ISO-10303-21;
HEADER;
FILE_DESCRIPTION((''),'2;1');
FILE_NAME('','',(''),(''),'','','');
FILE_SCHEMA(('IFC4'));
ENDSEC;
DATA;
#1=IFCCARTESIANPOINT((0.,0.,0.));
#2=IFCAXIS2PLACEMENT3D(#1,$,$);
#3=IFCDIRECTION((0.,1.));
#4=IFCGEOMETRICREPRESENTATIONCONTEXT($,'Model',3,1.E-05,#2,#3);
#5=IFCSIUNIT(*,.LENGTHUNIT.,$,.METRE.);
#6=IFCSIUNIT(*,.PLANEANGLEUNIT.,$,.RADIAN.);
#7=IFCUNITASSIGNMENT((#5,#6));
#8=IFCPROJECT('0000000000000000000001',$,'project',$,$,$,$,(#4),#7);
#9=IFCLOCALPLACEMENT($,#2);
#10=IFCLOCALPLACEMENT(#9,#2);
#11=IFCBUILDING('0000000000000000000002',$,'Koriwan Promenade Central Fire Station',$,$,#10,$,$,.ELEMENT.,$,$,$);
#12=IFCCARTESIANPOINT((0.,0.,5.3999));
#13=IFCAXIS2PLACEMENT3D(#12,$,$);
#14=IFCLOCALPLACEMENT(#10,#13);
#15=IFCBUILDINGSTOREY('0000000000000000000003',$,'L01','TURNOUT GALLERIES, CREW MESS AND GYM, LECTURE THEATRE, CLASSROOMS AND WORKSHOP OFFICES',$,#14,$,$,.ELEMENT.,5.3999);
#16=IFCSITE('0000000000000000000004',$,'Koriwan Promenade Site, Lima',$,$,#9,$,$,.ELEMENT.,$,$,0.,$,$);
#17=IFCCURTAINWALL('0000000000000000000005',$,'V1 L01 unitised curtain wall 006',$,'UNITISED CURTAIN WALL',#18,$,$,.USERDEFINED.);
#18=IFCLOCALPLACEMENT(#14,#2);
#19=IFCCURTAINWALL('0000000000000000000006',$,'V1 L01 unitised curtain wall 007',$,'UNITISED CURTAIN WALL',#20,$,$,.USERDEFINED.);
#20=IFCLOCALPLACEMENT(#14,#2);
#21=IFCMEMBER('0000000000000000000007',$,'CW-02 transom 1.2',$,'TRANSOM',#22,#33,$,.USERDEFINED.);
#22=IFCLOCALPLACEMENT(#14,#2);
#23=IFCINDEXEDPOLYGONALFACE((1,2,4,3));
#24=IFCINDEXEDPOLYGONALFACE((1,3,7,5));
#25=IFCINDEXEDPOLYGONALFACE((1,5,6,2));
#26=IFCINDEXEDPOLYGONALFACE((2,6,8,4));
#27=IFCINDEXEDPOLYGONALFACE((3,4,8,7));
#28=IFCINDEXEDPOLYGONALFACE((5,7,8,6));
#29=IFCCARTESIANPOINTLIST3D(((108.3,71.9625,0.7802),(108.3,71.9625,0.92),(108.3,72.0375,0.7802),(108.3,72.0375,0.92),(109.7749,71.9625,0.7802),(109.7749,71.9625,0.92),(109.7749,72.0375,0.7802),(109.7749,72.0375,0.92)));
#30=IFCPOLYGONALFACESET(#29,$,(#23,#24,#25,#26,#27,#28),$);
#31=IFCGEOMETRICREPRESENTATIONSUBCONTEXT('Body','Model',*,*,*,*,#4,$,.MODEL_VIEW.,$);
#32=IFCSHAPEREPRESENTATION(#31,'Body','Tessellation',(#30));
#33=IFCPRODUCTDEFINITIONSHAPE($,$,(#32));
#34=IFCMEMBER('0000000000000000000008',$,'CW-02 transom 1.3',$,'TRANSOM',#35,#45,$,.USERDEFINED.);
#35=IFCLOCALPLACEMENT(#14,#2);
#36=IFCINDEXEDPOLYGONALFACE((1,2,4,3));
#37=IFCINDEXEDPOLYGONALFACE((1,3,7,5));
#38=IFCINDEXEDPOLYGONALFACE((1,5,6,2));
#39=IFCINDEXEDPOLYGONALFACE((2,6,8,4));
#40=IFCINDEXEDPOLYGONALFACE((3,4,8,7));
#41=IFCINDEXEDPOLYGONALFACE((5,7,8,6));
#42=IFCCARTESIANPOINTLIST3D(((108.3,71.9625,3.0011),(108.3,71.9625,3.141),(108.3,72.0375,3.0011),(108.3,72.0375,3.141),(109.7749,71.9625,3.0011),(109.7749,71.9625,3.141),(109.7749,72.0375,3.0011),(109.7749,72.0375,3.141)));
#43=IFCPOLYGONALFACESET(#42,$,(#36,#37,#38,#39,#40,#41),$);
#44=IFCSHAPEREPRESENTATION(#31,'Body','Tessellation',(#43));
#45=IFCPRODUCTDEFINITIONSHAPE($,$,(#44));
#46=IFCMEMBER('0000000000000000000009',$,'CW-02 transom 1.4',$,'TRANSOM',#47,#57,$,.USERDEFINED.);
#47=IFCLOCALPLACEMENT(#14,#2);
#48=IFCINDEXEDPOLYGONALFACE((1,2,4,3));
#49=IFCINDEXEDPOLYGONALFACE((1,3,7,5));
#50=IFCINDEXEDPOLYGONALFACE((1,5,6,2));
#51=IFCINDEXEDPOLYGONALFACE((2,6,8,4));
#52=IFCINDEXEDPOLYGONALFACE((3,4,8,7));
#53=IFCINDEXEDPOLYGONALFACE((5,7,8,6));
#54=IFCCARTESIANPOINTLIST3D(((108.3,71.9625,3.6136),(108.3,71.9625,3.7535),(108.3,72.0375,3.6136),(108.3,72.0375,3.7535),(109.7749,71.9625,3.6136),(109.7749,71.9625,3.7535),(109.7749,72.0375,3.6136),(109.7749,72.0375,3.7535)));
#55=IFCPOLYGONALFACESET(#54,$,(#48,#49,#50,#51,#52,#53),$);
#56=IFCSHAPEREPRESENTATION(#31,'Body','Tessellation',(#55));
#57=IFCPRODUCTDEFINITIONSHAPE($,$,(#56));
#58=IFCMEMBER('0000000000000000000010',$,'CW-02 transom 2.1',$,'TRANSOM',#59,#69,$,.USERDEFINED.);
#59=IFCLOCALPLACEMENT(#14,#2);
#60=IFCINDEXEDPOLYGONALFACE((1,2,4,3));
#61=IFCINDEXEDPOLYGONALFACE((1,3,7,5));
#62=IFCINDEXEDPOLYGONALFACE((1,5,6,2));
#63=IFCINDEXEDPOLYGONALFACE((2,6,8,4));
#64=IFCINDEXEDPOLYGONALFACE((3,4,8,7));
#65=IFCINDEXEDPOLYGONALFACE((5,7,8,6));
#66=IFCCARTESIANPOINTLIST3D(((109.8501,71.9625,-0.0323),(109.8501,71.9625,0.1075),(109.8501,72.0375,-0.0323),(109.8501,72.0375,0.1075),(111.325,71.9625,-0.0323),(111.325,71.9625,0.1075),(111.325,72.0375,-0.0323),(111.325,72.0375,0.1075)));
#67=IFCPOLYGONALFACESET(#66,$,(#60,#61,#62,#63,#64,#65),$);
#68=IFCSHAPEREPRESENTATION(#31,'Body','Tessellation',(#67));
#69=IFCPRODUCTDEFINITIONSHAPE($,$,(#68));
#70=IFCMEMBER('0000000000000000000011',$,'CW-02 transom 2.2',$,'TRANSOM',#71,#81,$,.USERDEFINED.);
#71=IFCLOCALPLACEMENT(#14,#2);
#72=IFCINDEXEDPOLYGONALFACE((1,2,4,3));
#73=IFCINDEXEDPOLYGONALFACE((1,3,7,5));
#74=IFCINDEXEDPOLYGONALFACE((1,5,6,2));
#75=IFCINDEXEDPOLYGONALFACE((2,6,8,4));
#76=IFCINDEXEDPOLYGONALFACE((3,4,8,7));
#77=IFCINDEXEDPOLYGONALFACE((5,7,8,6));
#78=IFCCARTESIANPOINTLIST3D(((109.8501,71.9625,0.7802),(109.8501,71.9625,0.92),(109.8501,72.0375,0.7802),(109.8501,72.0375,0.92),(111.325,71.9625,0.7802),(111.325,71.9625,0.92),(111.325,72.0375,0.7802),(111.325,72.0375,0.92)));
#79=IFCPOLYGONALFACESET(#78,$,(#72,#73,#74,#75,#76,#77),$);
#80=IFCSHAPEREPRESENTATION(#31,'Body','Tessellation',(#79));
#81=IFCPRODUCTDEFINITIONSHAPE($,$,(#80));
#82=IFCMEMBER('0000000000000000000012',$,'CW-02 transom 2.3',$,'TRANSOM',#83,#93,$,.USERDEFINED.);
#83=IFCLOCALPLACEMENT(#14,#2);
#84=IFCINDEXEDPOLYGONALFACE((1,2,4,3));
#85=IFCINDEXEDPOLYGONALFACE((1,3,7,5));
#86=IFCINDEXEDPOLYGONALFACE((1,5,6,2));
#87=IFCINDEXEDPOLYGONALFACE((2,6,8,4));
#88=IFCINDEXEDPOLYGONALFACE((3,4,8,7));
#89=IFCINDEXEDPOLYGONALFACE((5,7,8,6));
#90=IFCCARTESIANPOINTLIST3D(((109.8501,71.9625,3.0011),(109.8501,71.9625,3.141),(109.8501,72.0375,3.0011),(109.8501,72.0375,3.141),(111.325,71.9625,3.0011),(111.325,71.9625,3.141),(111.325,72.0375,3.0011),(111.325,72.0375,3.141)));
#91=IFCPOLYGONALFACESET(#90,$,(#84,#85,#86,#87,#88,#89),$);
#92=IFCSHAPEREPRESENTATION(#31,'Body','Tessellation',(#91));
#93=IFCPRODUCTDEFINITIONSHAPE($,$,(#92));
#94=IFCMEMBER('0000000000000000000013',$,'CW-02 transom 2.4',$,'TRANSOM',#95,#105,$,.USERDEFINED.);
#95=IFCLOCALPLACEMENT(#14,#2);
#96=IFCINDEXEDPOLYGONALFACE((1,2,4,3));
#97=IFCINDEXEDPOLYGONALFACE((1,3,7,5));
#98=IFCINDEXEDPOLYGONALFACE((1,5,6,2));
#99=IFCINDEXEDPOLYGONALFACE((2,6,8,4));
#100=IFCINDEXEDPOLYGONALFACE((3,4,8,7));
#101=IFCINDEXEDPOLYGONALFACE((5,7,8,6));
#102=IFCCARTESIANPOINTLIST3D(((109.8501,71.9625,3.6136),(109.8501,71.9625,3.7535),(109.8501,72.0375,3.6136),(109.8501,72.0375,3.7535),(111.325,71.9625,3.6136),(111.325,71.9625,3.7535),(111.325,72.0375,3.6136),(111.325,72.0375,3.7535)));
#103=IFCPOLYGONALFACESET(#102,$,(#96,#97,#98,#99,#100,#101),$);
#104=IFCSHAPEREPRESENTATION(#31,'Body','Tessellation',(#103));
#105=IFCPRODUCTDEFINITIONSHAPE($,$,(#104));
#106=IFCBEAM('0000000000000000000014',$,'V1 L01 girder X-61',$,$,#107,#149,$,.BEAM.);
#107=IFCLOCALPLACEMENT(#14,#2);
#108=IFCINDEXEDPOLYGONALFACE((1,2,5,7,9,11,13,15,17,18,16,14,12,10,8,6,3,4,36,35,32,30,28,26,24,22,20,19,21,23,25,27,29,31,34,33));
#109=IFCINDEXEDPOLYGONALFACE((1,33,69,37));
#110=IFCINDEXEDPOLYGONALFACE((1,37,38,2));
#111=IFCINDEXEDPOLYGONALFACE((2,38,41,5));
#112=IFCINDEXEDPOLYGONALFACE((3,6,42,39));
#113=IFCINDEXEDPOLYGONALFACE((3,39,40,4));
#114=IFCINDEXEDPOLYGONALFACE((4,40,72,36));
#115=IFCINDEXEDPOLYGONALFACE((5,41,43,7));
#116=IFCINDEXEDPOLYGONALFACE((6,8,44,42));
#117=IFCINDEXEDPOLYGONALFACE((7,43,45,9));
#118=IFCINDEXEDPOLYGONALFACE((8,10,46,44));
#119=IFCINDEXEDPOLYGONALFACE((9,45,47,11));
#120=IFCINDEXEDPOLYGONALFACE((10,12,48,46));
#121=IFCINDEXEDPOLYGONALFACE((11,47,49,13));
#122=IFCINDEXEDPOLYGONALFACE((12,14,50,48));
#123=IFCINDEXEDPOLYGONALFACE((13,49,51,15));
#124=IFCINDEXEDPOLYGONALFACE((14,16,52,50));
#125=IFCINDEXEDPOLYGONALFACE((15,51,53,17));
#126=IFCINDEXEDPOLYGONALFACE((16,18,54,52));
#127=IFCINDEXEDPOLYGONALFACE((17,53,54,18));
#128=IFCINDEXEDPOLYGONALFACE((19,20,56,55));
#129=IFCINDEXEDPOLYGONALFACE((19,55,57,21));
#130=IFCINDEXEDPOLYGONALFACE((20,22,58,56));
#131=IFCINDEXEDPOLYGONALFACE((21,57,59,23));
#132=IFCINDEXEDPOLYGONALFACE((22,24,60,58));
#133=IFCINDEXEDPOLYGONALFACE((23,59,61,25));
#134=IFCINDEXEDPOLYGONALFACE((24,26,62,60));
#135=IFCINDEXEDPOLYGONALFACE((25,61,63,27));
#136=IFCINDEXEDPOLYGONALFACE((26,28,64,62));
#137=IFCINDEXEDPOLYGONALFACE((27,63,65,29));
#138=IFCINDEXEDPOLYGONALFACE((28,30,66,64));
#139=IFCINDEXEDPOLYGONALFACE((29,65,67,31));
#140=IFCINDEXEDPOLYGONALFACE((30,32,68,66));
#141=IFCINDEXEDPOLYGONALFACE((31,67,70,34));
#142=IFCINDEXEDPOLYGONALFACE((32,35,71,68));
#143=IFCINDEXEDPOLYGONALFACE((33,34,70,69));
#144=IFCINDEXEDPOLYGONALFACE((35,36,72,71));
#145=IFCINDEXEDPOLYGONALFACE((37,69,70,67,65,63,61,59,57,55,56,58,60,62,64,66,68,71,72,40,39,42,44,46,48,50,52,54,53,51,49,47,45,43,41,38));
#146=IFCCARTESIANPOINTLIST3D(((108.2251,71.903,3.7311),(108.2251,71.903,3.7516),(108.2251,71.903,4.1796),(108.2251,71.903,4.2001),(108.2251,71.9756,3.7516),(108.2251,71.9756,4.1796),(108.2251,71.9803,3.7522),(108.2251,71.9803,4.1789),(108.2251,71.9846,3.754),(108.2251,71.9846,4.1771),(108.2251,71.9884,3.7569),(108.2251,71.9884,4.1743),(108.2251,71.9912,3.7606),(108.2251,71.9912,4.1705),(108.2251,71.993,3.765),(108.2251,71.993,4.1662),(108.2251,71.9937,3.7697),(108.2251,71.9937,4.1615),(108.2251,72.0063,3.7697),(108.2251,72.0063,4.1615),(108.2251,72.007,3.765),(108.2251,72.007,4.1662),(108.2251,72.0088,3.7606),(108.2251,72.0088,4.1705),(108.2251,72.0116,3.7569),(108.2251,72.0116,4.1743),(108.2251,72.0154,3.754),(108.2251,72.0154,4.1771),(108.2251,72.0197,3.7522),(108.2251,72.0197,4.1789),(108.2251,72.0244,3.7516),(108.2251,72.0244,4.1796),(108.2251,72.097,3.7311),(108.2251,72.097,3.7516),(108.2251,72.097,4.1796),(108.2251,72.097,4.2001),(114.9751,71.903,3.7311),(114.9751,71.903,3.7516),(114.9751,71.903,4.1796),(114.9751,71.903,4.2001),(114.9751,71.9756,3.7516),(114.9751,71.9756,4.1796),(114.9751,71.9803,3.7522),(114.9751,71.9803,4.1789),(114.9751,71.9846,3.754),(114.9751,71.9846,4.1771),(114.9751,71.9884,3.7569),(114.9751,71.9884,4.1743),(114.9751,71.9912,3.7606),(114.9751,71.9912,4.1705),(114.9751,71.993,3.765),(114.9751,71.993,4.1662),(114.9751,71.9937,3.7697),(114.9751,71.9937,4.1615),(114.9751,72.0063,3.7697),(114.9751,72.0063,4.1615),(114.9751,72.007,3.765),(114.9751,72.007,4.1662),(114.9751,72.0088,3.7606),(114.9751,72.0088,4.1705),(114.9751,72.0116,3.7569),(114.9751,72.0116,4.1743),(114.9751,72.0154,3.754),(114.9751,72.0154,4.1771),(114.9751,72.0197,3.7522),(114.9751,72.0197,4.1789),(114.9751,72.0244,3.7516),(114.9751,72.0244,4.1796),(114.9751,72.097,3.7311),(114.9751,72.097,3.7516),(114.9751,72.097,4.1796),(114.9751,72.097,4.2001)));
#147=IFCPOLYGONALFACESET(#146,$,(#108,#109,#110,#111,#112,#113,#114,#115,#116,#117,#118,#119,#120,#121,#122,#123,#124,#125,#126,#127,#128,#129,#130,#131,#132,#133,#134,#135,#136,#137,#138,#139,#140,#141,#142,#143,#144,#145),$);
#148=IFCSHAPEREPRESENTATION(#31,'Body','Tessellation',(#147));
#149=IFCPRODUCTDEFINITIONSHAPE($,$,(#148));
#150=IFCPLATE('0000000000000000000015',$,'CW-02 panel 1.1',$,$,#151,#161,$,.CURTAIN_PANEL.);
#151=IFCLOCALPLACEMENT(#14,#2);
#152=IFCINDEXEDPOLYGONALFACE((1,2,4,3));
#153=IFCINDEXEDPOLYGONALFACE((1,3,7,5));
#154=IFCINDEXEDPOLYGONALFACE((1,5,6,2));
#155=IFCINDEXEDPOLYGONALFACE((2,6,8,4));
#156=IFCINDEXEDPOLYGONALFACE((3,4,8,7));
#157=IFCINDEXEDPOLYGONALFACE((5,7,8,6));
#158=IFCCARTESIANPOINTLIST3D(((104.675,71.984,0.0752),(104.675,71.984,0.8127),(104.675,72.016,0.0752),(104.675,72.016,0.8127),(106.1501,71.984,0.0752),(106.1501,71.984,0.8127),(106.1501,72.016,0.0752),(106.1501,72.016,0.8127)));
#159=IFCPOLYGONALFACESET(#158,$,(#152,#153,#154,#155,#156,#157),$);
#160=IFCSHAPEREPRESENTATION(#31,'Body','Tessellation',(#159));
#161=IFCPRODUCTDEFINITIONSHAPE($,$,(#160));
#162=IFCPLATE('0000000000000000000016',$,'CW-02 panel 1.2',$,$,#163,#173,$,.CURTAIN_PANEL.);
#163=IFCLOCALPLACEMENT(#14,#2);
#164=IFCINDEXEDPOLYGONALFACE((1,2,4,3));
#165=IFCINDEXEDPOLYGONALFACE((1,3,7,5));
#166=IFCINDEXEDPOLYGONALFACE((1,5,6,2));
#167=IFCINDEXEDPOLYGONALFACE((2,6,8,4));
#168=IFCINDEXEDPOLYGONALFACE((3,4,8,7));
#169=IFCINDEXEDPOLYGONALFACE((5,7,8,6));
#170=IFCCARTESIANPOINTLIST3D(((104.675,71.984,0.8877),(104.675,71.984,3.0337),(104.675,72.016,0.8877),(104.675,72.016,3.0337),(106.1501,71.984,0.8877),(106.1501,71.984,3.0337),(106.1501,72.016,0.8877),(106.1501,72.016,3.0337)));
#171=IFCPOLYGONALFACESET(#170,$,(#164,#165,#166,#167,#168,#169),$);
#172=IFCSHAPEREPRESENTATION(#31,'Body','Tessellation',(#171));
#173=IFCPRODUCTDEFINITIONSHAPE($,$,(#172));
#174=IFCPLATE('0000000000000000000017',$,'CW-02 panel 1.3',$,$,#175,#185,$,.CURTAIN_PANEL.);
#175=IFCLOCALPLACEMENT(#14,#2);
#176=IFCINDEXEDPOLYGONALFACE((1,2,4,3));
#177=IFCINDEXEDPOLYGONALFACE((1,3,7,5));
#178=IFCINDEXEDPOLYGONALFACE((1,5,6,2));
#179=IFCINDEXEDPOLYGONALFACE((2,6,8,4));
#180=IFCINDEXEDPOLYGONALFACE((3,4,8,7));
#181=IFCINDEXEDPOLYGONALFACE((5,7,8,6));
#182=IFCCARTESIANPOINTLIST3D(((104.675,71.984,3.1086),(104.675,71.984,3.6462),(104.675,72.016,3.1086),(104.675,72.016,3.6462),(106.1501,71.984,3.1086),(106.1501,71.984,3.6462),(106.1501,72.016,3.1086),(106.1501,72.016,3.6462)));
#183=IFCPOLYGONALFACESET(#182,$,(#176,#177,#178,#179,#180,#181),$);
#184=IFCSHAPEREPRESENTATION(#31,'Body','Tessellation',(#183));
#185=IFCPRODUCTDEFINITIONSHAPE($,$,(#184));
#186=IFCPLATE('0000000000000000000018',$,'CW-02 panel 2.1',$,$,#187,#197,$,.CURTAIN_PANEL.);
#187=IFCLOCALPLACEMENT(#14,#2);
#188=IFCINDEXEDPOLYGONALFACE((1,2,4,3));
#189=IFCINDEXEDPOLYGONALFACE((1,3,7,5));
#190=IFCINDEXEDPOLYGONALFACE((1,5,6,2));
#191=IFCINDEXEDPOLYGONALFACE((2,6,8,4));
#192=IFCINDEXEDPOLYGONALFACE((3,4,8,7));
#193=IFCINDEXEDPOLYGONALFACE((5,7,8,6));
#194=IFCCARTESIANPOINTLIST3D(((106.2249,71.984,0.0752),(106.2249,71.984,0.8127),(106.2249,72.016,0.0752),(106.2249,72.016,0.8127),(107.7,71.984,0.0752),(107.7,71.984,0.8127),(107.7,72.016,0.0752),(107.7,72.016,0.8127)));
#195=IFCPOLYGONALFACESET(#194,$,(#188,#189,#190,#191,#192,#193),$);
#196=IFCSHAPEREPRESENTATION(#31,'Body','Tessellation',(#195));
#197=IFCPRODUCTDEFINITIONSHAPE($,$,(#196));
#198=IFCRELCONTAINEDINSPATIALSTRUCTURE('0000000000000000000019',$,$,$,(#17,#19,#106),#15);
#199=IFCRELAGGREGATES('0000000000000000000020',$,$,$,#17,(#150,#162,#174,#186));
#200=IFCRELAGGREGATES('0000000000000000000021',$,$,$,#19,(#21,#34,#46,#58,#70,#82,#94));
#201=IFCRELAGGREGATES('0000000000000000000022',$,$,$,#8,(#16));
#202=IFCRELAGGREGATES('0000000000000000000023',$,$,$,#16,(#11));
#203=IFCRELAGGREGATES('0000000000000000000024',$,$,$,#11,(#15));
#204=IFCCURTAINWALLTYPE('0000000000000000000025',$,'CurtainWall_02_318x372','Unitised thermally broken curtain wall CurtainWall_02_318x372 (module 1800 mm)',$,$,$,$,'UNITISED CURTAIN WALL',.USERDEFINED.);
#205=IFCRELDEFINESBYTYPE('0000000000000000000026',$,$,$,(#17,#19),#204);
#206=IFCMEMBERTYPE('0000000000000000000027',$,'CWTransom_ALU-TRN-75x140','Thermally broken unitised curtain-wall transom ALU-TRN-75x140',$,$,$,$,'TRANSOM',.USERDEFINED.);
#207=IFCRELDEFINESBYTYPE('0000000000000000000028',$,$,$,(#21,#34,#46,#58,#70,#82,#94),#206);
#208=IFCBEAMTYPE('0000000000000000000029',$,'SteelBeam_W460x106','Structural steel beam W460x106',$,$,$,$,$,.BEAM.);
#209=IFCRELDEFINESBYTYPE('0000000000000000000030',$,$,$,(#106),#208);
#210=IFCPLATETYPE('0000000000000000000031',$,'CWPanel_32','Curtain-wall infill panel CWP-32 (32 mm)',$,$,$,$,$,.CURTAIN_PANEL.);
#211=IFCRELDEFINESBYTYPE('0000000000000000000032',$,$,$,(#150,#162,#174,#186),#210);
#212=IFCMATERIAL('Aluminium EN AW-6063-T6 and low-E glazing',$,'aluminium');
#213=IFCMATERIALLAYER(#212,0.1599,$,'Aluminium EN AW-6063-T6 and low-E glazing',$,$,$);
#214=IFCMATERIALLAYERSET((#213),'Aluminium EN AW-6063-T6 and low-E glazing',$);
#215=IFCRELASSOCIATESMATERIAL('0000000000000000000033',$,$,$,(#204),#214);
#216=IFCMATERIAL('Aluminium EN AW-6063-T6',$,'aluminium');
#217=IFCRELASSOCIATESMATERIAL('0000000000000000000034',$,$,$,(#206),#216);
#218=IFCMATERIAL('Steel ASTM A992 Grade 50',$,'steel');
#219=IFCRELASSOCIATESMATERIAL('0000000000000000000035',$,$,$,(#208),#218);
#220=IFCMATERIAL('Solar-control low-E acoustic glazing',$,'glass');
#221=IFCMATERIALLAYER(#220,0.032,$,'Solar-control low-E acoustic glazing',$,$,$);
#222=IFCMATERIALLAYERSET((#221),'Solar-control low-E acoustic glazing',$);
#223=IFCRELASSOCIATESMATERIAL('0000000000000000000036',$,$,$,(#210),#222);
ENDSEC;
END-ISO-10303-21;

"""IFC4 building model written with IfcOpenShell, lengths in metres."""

from ifc_helpers import new_model, si_unit, direction, frame, origin, origin_2d, place, context, subcontext, project, spatial, rectangle, i_section, extrude, material, layer, layer_set, material_profile, profile_set, type_object, element, aggregate, save


model = new_model("IFC4")

# Units and contexts
model_context = context("Model", 3, precision=1e-05, world=origin(), true_north=direction((0.0, 1.0)))
body_context = subcontext(model_context, "Body", "Model", "MODEL_VIEW")
ifc_project = project(units=[si_unit("LENGTHUNIT", "METRE"), si_unit("PLANEANGLEUNIT", "RADIAN")], contexts=[model_context])

# Site, building, storey
site_placement = place(None, origin())
site = spatial("IfcSite", under=ifc_project, at=site_placement, Name="Koriwan Promenade Site, Lima", CompositionType="ELEMENT", RefElevation=0.0)
building_placement = place(site_placement, origin())
building = spatial("IfcBuilding", under=site, at=building_placement, Name="Koriwan Promenade Central Fire Station", CompositionType="ELEMENT")
storey_placement = place(building_placement, frame((0.0, 0.0, 5.3999)))
storey = spatial("IfcBuildingStorey", under=building, at=storey_placement, Name="L01", Description="TURNOUT GALLERIES, CREW MESS AND GYM, LECTURE THEATRE, CLASSROOMS AND WORKSHOP OFFICES", CompositionType="ELEMENT", Elevation=5.3999)

# Curtain walls
ifc_material_1 = material(Name="Aluminium EN AW-6063-T6 and low-E glazing", Category="aluminium")
ifc_layer_1 = layer(ifc_material_1, 0.1599, Name="Aluminium EN AW-6063-T6 and low-E glazing")
ifc_layer_set_1 = layer_set([ifc_layer_1], Name="Aluminium EN AW-6063-T6 and low-E glazing")
curtain_wall_type = type_object("IfcCurtainWallType", Name="CurtainWall_02_318x372", Description="Unitised thermally broken curtain wall CurtainWall_02_318x372 (module 1800 mm)", ElementType="UNITISED CURTAIN WALL", PredefinedType="USERDEFINED", material=ifc_layer_set_1)
curtain_wall_1_placement = place(storey_placement, origin())
curtain_wall_1 = element("IfcCurtainWall", 1, at=curtain_wall_1_placement, inside=storey, type_object=curtain_wall_type, Name="V1 L01 unitised curtain wall 006", ObjectType="UNITISED CURTAIN WALL", PredefinedType="USERDEFINED")
ifc_material_2 = material(Name="Aluminium EN AW-6063-T6", Category="aluminium")
curtain_wall_2_placement = place(storey_placement, origin())
curtain_wall_2 = element("IfcCurtainWall", 2, at=curtain_wall_2_placement, inside=storey, type_object=curtain_wall_type, Name="V1 L01 unitised curtain wall 007", ObjectType="UNITISED CURTAIN WALL", PredefinedType="USERDEFINED")

# Members
ifc_material_profile_1 = material_profile(ifc_material_2, rectangle(XDim=0.075, YDim=0.1399, at=origin_2d()), Name="ALU-TRN-75x140")
ifc_profile_set_1 = profile_set([ifc_material_profile_1], Name="Aluminium EN AW-6063-T6")
member_type_1 = type_object("IfcMemberType", Name="CWTransom_ALU-TRN-75x140", Description="Thermally broken unitised curtain-wall transom ALU-TRN-75x140", ElementType="TRANSOM", PredefinedType="USERDEFINED", material=ifc_profile_set_1)
member_1_placement = place(storey_placement, frame((108.3, 72.0, 0.8501), z_axis=(1.0, 0.0, 0.0), x_axis=(0.0, 1.0, 0.0)))
member_1 = element("IfcMember", 3, at=member_1_placement, type_object=member_type_1, Name="CW-02 transom 1.2", ObjectType="TRANSOM", PredefinedType="USERDEFINED", context=body_context, shape_type="SweptSolid", body=[
    extrude(rectangle(XDim=0.075, YDim=0.1399, at=origin_2d()), origin(), (0.0, 0.0, 1.0), 1.4749),
])
member_2_placement = place(storey_placement, frame((108.3, 72.0, 3.071), z_axis=(1.0, 0.0, 0.0), x_axis=(0.0, 1.0, 0.0)))
member_2 = element("IfcMember", 4, at=member_2_placement, type_object=member_type_1, Name="CW-02 transom 1.3", ObjectType="TRANSOM", PredefinedType="USERDEFINED", context=body_context, shape_type="SweptSolid", body=[
    extrude(rectangle(XDim=0.075, YDim=0.1399, at=origin_2d()), origin(), (0.0, 0.0, 1.0), 1.4749),
])
member_3_placement = place(storey_placement, frame((108.3, 72.0, 3.6836), z_axis=(1.0, 0.0, 0.0), x_axis=(0.0, 1.0, 0.0)))
member_3 = element("IfcMember", 5, at=member_3_placement, type_object=member_type_1, Name="CW-02 transom 1.4", ObjectType="TRANSOM", PredefinedType="USERDEFINED", context=body_context, shape_type="SweptSolid", body=[
    extrude(rectangle(XDim=0.075, YDim=0.1399, at=origin_2d()), origin(), (0.0, 0.0, 1.0), 1.4749),
])
member_4_placement = place(storey_placement, frame((109.8501, 72.0, 0.0376), z_axis=(1.0, 0.0, 0.0), x_axis=(0.0, 1.0, 0.0)))
member_4 = element("IfcMember", 6, at=member_4_placement, type_object=member_type_1, Name="CW-02 transom 2.1", ObjectType="TRANSOM", PredefinedType="USERDEFINED", context=body_context, shape_type="SweptSolid", body=[
    extrude(rectangle(XDim=0.075, YDim=0.1399, at=origin_2d()), origin(), (0.0, 0.0, 1.0), 1.4749),
])
member_5_placement = place(storey_placement, frame((109.8501, 72.0, 0.8501), z_axis=(1.0, 0.0, 0.0), x_axis=(0.0, 1.0, 0.0)))
member_5 = element("IfcMember", 7, at=member_5_placement, type_object=member_type_1, Name="CW-02 transom 2.2", ObjectType="TRANSOM", PredefinedType="USERDEFINED", context=body_context, shape_type="SweptSolid", body=[
    extrude(rectangle(XDim=0.075, YDim=0.1399, at=origin_2d()), origin(), (0.0, 0.0, 1.0), 1.4749),
])
member_6_placement = place(storey_placement, frame((109.8501, 72.0, 3.071), z_axis=(1.0, 0.0, 0.0), x_axis=(0.0, 1.0, 0.0)))
member_6 = element("IfcMember", 8, at=member_6_placement, type_object=member_type_1, Name="CW-02 transom 2.3", ObjectType="TRANSOM", PredefinedType="USERDEFINED", context=body_context, shape_type="SweptSolid", body=[
    extrude(rectangle(XDim=0.075, YDim=0.1399, at=origin_2d()), origin(), (0.0, 0.0, 1.0), 1.4749),
])
member_7_placement = place(storey_placement, frame((109.8501, 72.0, 3.6836), z_axis=(1.0, 0.0, 0.0), x_axis=(0.0, 1.0, 0.0)))
member_7 = element("IfcMember", 9, at=member_7_placement, type_object=member_type_1, Name="CW-02 transom 2.4", ObjectType="TRANSOM", PredefinedType="USERDEFINED", context=body_context, shape_type="SweptSolid", body=[
    extrude(rectangle(XDim=0.075, YDim=0.1399, at=origin_2d()), origin(), (0.0, 0.0, 1.0), 1.4749),
])

# Beam
ifc_material_3 = material(Name="Steel ASTM A992 Grade 50", Category="steel")
ifc_material_profile_2 = material_profile(ifc_material_3, i_section(OverallWidth=0.1941, OverallDepth=0.469, WebThickness=0.0127, FlangeThickness=0.0205, FilletRadius=0.0181, at=origin_2d()), Name="W460x106")
ifc_profile_set_2 = profile_set([ifc_material_profile_2], Name="Steel ASTM A992 Grade 50")
beam_type = type_object("IfcBeamType", Name="SteelBeam_W460x106", Description="Structural steel beam W460x106", PredefinedType="BEAM", material=ifc_profile_set_2)
beam_placement = place(storey_placement, frame((108.2251, 72.0, 3.9656), z_axis=(1.0, 0.0, 0.0), x_axis=(0.0, 1.0, 0.0)))
element("IfcBeam", 10, at=beam_placement, inside=storey, type_object=beam_type, Name="V1 L01 girder X-61", PredefinedType="BEAM", context=body_context, shape_type="SweptSolid", body=[
    extrude(i_section(OverallWidth=0.1941, OverallDepth=0.469, WebThickness=0.0127, FlangeThickness=0.0205, FilletRadius=0.0181, at=origin_2d()), origin(), (0.0, 0.0, 1.0), 6.75),
])

# Plates
ifc_material_4 = material(Name="Solar-control low-E acoustic glazing", Category="glass")
ifc_layer_2 = layer(ifc_material_4, 0.032, Name="Solar-control low-E acoustic glazing")
ifc_layer_set_2 = layer_set([ifc_layer_2], Name="Solar-control low-E acoustic glazing")
plate_type_1 = type_object("IfcPlateType", Name="CWPanel_32", Description="Curtain-wall infill panel CWP-32 (32 mm)", PredefinedType="CURTAIN_PANEL", material=ifc_layer_set_2)
plate_1_placement = place(storey_placement, frame((105.4126, 72.0, 0.0752), z_axis=(0.0, 0.0, 1.0), x_axis=(1.0, 0.0, 0.0)))
plate_1 = element("IfcPlate", 11, at=plate_1_placement, type_object=plate_type_1, Name="CW-02 panel 1.1", PredefinedType="CURTAIN_PANEL", context=body_context, shape_type="SweptSolid", body=[
    extrude(rectangle(XDim=1.4751, YDim=0.032, at=origin_2d()), origin(), (0.0, 0.0, 1.0), 0.7375),
])
plate_2_placement = place(storey_placement, frame((105.4126, 72.0, 0.8877), z_axis=(0.0, 0.0, 1.0), x_axis=(1.0, 0.0, 0.0)))
plate_2 = element("IfcPlate", 12, at=plate_2_placement, type_object=plate_type_1, Name="CW-02 panel 1.2", PredefinedType="CURTAIN_PANEL", context=body_context, shape_type="SweptSolid", body=[
    extrude(rectangle(XDim=1.4751, YDim=0.032, at=origin_2d()), origin(), (0.0, 0.0, 1.0), 2.146),
])
plate_3_placement = place(storey_placement, frame((105.4126, 72.0, 3.1086), z_axis=(0.0, 0.0, 1.0), x_axis=(1.0, 0.0, 0.0)))
plate_3 = element("IfcPlate", 13, at=plate_3_placement, type_object=plate_type_1, Name="CW-02 panel 1.3", PredefinedType="CURTAIN_PANEL", context=body_context, shape_type="SweptSolid", body=[
    extrude(rectangle(XDim=1.4751, YDim=0.032, at=origin_2d()), origin(), (0.0, 0.0, 1.0), 0.5376),
])
plate_4_placement = place(storey_placement, frame((106.9624, 72.0, 0.0752), z_axis=(0.0, 0.0, 1.0), x_axis=(1.0, 0.0, 0.0)))
plate_4 = element("IfcPlate", 14, at=plate_4_placement, type_object=plate_type_1, Name="CW-02 panel 2.1", PredefinedType="CURTAIN_PANEL", context=body_context, shape_type="SweptSolid", body=[
    extrude(rectangle(XDim=1.4751, YDim=0.032, at=origin_2d()), origin(), (0.0, 0.0, 1.0), 0.7375),
])
aggregate(curtain_wall_1, [plate_1, plate_2, plate_3, plate_4])
aggregate(curtain_wall_2, [member_1, member_2, member_3, member_4, member_5, member_6, member_7])

save(model, "model.ifc")
